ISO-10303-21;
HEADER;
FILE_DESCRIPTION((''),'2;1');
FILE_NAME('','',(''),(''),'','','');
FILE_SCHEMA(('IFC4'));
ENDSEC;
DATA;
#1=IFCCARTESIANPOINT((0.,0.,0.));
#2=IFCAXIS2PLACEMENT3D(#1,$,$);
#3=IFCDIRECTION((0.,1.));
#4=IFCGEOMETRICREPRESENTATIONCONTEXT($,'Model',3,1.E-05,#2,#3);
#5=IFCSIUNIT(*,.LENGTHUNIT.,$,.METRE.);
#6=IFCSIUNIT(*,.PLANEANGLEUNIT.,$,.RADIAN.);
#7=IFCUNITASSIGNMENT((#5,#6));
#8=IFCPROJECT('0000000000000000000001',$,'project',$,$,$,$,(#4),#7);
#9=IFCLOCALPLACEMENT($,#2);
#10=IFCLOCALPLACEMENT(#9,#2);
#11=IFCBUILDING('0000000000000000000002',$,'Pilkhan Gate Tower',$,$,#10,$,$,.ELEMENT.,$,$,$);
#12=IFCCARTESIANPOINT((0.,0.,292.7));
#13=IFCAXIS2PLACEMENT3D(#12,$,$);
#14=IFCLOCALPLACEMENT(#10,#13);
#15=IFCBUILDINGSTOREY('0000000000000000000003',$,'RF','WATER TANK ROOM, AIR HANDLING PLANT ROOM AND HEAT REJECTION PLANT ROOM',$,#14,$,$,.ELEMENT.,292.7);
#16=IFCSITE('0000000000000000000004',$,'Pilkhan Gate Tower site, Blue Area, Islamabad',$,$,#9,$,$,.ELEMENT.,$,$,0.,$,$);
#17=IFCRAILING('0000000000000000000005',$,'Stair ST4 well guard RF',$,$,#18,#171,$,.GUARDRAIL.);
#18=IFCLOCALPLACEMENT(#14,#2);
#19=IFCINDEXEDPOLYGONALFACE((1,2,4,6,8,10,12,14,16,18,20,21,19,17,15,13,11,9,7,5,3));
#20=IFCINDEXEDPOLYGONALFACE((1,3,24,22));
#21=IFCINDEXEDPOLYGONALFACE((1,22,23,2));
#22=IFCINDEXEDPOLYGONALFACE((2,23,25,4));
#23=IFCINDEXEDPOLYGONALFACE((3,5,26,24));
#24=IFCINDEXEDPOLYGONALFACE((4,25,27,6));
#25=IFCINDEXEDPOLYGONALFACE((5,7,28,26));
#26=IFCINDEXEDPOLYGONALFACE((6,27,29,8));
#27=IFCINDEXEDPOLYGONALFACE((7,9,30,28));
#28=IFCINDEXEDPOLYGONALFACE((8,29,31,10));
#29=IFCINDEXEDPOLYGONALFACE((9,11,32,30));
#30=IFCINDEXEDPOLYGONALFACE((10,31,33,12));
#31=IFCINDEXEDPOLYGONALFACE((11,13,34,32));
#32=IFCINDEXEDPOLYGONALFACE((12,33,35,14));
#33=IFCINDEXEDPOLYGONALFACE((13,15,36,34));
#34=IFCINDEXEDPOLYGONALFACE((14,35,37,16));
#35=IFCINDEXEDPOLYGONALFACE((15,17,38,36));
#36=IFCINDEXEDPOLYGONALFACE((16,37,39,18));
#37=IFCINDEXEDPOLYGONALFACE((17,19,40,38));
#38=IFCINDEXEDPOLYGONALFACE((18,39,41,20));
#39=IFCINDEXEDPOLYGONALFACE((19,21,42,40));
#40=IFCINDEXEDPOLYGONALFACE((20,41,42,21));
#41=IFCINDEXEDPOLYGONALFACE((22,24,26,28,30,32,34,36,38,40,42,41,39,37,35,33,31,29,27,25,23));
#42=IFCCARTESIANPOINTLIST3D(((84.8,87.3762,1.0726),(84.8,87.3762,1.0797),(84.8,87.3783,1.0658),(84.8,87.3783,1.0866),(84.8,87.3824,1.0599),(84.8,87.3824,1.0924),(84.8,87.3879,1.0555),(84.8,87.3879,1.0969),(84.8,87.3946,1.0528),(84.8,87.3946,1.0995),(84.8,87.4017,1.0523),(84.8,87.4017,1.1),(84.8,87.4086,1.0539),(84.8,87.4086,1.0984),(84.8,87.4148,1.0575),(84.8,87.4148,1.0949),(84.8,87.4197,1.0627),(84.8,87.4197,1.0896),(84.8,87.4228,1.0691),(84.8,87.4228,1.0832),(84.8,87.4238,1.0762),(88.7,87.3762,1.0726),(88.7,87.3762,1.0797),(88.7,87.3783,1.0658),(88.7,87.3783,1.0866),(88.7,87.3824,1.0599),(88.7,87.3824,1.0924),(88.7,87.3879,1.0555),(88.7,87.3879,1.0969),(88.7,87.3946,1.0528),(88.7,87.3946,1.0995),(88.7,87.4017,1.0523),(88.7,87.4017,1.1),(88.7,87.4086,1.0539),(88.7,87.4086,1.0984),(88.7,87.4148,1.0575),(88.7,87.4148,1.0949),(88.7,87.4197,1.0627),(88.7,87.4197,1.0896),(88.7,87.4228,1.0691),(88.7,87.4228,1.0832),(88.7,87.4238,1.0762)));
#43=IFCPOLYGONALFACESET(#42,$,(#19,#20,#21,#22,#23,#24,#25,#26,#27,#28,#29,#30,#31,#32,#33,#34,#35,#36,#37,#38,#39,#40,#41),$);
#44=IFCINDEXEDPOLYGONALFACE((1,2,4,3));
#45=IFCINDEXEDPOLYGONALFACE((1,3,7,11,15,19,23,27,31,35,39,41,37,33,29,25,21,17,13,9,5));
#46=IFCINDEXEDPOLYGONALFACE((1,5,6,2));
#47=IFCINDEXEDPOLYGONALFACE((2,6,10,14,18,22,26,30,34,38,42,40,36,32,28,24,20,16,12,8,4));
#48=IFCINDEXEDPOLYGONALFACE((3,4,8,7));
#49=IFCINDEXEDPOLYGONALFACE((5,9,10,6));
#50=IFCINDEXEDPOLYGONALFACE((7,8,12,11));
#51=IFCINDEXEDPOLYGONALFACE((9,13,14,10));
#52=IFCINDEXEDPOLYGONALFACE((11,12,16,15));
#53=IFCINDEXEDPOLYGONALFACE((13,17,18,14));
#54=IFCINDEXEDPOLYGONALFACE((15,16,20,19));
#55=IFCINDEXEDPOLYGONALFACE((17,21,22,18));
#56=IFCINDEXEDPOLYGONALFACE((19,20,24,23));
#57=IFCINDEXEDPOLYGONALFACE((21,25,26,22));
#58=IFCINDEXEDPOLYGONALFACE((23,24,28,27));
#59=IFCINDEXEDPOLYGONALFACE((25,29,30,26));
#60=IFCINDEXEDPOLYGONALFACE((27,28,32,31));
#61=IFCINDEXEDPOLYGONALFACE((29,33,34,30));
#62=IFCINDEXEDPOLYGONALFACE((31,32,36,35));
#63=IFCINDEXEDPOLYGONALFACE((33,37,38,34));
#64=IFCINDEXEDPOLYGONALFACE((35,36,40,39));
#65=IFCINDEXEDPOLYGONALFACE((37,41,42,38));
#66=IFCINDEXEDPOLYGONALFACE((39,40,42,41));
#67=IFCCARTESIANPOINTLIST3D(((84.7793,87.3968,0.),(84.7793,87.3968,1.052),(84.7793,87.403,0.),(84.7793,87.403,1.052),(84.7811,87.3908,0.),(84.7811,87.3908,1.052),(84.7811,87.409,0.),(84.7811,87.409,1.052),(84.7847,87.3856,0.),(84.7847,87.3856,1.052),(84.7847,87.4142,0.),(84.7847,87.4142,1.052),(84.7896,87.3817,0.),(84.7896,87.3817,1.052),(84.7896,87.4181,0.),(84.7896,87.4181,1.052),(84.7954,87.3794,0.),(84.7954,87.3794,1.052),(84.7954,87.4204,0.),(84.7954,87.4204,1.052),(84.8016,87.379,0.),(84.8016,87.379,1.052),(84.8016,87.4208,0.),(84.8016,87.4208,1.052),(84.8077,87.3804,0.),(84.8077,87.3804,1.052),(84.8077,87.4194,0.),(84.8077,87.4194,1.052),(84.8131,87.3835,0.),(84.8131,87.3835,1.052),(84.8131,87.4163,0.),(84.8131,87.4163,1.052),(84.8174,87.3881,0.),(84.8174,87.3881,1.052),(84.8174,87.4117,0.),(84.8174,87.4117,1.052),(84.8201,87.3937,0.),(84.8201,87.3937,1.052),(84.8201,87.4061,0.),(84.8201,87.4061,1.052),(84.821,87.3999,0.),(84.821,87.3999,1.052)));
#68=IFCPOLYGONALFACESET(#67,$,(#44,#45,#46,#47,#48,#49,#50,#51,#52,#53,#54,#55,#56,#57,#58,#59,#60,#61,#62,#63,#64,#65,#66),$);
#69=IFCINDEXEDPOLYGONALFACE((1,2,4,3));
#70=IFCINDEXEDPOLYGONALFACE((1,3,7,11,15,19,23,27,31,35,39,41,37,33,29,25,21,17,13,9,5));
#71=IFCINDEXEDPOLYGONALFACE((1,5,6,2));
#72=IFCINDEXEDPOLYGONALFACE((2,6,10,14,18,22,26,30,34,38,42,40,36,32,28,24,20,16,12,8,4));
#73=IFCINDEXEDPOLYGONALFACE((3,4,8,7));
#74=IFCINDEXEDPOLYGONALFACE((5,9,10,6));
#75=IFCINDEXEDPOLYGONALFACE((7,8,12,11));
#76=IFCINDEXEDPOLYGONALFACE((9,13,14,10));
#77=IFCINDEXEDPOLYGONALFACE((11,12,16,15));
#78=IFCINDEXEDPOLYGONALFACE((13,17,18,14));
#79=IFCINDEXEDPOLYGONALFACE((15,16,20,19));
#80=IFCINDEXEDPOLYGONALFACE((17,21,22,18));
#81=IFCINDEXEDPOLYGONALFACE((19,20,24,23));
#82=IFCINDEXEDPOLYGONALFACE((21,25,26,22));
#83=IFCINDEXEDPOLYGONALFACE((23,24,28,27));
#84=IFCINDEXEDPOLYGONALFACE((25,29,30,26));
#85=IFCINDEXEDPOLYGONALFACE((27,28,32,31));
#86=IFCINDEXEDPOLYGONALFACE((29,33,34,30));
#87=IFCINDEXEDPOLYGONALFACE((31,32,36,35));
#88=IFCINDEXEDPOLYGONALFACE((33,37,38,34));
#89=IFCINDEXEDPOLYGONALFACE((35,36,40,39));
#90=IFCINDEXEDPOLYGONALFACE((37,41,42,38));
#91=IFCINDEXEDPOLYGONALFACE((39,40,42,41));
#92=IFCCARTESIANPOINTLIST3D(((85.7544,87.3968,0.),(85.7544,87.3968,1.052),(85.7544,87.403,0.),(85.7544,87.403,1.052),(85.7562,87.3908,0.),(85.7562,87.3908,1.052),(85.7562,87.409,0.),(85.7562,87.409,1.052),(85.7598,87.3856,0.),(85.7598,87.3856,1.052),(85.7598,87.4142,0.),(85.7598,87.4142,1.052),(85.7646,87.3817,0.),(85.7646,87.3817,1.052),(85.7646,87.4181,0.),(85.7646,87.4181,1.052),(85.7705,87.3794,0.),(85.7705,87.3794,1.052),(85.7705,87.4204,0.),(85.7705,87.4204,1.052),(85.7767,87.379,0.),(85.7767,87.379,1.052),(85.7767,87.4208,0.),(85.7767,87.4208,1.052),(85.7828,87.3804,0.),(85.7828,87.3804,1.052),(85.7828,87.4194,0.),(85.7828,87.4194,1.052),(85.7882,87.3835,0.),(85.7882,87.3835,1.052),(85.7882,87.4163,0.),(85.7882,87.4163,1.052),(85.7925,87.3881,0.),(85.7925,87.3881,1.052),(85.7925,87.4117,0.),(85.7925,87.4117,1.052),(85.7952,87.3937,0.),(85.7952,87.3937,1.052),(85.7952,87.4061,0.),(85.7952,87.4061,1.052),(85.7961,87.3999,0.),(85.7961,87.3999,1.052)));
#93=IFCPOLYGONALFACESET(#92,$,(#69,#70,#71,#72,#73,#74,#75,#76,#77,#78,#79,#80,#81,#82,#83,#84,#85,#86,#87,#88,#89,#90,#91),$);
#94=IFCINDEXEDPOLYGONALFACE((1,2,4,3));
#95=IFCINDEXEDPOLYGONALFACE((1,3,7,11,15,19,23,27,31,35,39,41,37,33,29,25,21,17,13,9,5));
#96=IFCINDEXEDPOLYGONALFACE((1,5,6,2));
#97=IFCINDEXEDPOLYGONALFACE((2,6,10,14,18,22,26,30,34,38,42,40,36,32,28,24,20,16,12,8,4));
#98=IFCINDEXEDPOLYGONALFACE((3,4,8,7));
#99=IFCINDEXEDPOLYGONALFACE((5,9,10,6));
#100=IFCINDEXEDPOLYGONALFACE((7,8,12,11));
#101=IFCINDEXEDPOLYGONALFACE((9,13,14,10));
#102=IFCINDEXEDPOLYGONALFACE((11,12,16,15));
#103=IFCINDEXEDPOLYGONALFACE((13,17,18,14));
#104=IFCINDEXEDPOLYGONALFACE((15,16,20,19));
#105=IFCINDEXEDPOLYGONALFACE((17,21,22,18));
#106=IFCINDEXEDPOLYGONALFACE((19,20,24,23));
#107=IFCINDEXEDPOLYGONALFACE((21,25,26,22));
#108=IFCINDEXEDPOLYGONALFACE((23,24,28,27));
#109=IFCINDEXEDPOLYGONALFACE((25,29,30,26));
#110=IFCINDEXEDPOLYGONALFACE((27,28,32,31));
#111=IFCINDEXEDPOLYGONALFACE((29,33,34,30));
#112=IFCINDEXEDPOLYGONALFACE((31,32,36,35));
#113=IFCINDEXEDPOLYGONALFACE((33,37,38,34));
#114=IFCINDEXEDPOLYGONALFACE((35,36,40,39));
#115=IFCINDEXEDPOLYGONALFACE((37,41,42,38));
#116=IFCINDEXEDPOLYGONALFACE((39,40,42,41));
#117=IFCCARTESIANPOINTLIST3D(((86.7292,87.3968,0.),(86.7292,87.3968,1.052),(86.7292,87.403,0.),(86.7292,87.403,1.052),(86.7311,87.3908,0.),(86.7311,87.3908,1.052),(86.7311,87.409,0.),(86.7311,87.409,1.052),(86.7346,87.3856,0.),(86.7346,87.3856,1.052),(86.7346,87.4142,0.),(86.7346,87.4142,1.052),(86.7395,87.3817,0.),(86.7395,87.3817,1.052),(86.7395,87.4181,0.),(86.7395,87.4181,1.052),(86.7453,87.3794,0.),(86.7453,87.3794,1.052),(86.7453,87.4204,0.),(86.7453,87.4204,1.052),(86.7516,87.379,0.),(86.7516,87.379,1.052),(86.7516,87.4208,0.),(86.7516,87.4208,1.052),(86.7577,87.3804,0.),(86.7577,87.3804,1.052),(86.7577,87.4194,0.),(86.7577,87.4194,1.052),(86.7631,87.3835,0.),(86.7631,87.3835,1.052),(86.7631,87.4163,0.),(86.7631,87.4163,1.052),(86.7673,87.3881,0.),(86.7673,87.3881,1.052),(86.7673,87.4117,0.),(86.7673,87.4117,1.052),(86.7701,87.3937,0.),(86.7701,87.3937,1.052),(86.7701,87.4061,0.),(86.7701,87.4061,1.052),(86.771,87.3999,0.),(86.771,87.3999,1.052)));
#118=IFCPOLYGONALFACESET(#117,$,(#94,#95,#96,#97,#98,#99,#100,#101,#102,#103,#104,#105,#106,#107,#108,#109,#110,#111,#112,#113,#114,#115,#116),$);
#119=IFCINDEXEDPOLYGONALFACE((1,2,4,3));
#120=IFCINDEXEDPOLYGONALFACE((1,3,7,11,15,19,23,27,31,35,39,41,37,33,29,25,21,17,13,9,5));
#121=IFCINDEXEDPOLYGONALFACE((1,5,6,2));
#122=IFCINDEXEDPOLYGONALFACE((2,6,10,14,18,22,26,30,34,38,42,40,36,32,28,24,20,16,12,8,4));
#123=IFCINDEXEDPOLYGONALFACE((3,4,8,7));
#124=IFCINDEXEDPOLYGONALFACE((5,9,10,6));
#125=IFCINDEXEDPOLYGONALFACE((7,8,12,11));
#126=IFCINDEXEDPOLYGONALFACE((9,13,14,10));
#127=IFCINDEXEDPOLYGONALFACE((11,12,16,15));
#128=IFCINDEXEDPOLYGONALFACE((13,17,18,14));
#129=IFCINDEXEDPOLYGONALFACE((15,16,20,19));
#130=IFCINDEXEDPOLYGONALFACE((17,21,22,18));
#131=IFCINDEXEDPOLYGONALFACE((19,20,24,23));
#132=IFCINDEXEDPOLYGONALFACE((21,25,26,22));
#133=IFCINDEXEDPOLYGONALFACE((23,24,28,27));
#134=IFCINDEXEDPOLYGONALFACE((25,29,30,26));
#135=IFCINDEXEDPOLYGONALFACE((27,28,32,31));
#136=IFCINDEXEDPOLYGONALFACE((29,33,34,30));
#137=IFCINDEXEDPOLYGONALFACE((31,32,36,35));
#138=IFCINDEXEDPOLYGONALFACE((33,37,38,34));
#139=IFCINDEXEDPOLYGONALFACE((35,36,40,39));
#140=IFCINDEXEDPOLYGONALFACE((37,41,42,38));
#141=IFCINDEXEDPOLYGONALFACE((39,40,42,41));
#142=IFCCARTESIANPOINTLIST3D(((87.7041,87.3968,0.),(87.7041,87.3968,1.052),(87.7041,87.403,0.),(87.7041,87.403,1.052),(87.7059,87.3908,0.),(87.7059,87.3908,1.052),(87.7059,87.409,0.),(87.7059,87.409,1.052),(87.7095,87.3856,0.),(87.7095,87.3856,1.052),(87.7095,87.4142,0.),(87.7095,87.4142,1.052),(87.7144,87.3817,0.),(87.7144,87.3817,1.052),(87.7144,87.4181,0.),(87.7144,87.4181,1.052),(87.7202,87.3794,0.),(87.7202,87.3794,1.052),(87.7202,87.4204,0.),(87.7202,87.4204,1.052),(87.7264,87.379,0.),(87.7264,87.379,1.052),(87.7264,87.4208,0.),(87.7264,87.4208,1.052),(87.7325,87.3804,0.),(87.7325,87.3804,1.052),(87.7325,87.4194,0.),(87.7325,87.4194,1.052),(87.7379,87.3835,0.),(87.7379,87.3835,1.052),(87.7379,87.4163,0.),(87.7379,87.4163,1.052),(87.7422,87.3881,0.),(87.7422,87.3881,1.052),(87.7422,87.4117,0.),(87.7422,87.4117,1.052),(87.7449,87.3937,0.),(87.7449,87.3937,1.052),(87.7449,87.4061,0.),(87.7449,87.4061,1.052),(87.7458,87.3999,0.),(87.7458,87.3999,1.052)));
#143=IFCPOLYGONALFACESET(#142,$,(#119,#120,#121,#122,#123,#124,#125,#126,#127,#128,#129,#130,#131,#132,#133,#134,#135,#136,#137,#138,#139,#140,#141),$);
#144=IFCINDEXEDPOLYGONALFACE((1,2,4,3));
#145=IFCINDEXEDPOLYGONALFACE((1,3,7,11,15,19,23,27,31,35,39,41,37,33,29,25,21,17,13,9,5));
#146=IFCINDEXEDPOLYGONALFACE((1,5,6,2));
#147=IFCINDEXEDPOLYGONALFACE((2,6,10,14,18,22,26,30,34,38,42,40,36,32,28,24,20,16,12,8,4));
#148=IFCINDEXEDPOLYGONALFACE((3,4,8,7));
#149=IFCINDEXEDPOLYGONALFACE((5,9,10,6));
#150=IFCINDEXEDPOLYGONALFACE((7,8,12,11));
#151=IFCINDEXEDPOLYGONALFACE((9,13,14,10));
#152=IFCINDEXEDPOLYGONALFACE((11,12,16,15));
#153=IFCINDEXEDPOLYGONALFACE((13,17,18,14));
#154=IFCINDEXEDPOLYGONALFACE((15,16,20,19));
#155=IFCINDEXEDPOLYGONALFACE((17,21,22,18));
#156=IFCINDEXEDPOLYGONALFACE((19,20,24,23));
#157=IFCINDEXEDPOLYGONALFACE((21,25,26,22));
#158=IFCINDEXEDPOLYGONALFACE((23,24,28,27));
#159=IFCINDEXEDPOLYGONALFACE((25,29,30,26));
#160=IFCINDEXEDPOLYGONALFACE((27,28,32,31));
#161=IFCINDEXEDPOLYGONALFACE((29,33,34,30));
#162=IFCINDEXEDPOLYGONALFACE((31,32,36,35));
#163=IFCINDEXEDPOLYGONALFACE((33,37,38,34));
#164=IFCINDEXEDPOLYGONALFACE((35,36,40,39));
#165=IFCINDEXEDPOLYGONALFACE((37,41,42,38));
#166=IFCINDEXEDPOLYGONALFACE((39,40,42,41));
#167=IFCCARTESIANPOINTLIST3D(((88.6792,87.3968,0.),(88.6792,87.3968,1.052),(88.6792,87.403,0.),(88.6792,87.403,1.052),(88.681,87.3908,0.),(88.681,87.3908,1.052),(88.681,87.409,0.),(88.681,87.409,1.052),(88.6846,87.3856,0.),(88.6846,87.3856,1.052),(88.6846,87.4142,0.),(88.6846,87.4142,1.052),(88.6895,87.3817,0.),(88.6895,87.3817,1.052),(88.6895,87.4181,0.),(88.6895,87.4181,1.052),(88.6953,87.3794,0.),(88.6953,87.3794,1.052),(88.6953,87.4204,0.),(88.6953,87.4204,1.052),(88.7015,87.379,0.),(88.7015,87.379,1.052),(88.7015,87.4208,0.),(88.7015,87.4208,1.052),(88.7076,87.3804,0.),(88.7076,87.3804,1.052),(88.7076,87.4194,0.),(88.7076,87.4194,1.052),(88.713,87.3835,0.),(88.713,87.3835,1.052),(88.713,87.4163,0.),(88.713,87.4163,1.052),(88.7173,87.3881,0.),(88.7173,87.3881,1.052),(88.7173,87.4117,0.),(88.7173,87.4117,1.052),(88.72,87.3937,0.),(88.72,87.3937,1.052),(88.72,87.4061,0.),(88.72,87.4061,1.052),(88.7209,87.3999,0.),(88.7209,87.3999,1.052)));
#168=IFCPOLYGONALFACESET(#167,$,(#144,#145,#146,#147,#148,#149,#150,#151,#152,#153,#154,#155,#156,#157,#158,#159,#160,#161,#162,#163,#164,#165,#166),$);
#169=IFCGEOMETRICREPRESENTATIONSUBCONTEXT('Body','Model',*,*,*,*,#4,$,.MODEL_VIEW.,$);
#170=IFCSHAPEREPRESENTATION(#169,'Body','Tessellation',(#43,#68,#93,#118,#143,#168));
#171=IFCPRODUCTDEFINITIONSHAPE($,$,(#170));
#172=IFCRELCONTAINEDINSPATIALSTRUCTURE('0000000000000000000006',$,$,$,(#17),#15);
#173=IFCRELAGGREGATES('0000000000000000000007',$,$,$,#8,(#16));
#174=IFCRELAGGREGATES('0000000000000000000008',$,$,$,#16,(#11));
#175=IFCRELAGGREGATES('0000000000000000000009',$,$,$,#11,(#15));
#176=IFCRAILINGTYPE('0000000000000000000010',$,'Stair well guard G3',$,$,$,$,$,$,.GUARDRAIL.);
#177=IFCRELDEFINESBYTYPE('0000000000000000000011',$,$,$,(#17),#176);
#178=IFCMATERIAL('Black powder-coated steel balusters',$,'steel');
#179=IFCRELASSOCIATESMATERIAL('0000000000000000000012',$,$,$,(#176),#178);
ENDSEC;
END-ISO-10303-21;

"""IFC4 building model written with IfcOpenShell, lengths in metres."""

from ifc_helpers import new_model, si_unit, direction, frame, origin, origin_2d, place, context, subcontext, project, spatial, circle, extrude, material, type_object, element, save


model = new_model("IFC4")

# Units and contexts
model_context = context("Model", 3, precision=1e-05, world=origin(), true_north=direction((0.0, 1.0)))
body_context = subcontext(model_context, "Body", "Model", "MODEL_VIEW")
ifc_project = project(units=[si_unit("LENGTHUNIT", "METRE"), si_unit("PLANEANGLEUNIT", "RADIAN")], contexts=[model_context])

# Site, building, storey
site_placement = place(None, origin())
site = spatial("IfcSite", under=ifc_project, at=site_placement, Name="Pilkhan Gate Tower site, Blue Area, Islamabad", CompositionType="ELEMENT", RefElevation=0.0)
building_placement = place(site_placement, origin())
building = spatial("IfcBuilding", under=site, at=building_placement, Name="Pilkhan Gate Tower", CompositionType="ELEMENT")
storey_placement = place(building_placement, frame((0.0, 0.0, 292.7)))
storey = spatial("IfcBuildingStorey", under=building, at=storey_placement, Name="RF", Description="WATER TANK ROOM, AIR HANDLING PLANT ROOM AND HEAT REJECTION PLANT ROOM", CompositionType="ELEMENT", Elevation=292.7)

# Railing
ifc_material_1 = material(Name="Black powder-coated steel balusters", Category="steel")
railing_type_1 = type_object("IfcRailingType", Name="Stair well guard G3", PredefinedType="GUARDRAIL", material=ifc_material_1)
railing_1_placement = place(storey_placement, frame((84.8, 87.3999, 0.0)))
element("IfcRailing", 1, at=railing_1_placement, inside=storey, type_object=railing_type_1, Name="Stair ST4 well guard RF", PredefinedType="GUARDRAIL", context=body_context, shape_type="SweptSolid", body=[
    extrude(circle(Radius=0.0239, at=origin_2d()), frame((0.0, 0.0, 1.0762), z_axis=(1.0, 0.0, 0.0), x_axis=(0.0, 1.0, 0.0)), (0.0, 0.0, 1.0), 3.8999),
    extrude(circle(Radius=0.021, at=origin_2d()), origin(), (0.0, 0.0, 1.0), 1.052),
    extrude(circle(Radius=0.021, at=origin_2d()), frame((0.9751, 0.0, 0.0)), (0.0, 0.0, 1.0), 1.052),
    extrude(circle(Radius=0.021, at=origin_2d()), frame((1.95, 0.0, 0.0)), (0.0, 0.0, 1.0), 1.052),
    extrude(circle(Radius=0.021, at=origin_2d()), frame((2.9248, 0.0, 0.0)), (0.0, 0.0, 1.0), 1.052),
    extrude(circle(Radius=0.021, at=origin_2d()), frame((3.8999, 0.0, 0.0)), (0.0, 0.0, 1.0), 1.052),
])

save(model, "model.ifc")
